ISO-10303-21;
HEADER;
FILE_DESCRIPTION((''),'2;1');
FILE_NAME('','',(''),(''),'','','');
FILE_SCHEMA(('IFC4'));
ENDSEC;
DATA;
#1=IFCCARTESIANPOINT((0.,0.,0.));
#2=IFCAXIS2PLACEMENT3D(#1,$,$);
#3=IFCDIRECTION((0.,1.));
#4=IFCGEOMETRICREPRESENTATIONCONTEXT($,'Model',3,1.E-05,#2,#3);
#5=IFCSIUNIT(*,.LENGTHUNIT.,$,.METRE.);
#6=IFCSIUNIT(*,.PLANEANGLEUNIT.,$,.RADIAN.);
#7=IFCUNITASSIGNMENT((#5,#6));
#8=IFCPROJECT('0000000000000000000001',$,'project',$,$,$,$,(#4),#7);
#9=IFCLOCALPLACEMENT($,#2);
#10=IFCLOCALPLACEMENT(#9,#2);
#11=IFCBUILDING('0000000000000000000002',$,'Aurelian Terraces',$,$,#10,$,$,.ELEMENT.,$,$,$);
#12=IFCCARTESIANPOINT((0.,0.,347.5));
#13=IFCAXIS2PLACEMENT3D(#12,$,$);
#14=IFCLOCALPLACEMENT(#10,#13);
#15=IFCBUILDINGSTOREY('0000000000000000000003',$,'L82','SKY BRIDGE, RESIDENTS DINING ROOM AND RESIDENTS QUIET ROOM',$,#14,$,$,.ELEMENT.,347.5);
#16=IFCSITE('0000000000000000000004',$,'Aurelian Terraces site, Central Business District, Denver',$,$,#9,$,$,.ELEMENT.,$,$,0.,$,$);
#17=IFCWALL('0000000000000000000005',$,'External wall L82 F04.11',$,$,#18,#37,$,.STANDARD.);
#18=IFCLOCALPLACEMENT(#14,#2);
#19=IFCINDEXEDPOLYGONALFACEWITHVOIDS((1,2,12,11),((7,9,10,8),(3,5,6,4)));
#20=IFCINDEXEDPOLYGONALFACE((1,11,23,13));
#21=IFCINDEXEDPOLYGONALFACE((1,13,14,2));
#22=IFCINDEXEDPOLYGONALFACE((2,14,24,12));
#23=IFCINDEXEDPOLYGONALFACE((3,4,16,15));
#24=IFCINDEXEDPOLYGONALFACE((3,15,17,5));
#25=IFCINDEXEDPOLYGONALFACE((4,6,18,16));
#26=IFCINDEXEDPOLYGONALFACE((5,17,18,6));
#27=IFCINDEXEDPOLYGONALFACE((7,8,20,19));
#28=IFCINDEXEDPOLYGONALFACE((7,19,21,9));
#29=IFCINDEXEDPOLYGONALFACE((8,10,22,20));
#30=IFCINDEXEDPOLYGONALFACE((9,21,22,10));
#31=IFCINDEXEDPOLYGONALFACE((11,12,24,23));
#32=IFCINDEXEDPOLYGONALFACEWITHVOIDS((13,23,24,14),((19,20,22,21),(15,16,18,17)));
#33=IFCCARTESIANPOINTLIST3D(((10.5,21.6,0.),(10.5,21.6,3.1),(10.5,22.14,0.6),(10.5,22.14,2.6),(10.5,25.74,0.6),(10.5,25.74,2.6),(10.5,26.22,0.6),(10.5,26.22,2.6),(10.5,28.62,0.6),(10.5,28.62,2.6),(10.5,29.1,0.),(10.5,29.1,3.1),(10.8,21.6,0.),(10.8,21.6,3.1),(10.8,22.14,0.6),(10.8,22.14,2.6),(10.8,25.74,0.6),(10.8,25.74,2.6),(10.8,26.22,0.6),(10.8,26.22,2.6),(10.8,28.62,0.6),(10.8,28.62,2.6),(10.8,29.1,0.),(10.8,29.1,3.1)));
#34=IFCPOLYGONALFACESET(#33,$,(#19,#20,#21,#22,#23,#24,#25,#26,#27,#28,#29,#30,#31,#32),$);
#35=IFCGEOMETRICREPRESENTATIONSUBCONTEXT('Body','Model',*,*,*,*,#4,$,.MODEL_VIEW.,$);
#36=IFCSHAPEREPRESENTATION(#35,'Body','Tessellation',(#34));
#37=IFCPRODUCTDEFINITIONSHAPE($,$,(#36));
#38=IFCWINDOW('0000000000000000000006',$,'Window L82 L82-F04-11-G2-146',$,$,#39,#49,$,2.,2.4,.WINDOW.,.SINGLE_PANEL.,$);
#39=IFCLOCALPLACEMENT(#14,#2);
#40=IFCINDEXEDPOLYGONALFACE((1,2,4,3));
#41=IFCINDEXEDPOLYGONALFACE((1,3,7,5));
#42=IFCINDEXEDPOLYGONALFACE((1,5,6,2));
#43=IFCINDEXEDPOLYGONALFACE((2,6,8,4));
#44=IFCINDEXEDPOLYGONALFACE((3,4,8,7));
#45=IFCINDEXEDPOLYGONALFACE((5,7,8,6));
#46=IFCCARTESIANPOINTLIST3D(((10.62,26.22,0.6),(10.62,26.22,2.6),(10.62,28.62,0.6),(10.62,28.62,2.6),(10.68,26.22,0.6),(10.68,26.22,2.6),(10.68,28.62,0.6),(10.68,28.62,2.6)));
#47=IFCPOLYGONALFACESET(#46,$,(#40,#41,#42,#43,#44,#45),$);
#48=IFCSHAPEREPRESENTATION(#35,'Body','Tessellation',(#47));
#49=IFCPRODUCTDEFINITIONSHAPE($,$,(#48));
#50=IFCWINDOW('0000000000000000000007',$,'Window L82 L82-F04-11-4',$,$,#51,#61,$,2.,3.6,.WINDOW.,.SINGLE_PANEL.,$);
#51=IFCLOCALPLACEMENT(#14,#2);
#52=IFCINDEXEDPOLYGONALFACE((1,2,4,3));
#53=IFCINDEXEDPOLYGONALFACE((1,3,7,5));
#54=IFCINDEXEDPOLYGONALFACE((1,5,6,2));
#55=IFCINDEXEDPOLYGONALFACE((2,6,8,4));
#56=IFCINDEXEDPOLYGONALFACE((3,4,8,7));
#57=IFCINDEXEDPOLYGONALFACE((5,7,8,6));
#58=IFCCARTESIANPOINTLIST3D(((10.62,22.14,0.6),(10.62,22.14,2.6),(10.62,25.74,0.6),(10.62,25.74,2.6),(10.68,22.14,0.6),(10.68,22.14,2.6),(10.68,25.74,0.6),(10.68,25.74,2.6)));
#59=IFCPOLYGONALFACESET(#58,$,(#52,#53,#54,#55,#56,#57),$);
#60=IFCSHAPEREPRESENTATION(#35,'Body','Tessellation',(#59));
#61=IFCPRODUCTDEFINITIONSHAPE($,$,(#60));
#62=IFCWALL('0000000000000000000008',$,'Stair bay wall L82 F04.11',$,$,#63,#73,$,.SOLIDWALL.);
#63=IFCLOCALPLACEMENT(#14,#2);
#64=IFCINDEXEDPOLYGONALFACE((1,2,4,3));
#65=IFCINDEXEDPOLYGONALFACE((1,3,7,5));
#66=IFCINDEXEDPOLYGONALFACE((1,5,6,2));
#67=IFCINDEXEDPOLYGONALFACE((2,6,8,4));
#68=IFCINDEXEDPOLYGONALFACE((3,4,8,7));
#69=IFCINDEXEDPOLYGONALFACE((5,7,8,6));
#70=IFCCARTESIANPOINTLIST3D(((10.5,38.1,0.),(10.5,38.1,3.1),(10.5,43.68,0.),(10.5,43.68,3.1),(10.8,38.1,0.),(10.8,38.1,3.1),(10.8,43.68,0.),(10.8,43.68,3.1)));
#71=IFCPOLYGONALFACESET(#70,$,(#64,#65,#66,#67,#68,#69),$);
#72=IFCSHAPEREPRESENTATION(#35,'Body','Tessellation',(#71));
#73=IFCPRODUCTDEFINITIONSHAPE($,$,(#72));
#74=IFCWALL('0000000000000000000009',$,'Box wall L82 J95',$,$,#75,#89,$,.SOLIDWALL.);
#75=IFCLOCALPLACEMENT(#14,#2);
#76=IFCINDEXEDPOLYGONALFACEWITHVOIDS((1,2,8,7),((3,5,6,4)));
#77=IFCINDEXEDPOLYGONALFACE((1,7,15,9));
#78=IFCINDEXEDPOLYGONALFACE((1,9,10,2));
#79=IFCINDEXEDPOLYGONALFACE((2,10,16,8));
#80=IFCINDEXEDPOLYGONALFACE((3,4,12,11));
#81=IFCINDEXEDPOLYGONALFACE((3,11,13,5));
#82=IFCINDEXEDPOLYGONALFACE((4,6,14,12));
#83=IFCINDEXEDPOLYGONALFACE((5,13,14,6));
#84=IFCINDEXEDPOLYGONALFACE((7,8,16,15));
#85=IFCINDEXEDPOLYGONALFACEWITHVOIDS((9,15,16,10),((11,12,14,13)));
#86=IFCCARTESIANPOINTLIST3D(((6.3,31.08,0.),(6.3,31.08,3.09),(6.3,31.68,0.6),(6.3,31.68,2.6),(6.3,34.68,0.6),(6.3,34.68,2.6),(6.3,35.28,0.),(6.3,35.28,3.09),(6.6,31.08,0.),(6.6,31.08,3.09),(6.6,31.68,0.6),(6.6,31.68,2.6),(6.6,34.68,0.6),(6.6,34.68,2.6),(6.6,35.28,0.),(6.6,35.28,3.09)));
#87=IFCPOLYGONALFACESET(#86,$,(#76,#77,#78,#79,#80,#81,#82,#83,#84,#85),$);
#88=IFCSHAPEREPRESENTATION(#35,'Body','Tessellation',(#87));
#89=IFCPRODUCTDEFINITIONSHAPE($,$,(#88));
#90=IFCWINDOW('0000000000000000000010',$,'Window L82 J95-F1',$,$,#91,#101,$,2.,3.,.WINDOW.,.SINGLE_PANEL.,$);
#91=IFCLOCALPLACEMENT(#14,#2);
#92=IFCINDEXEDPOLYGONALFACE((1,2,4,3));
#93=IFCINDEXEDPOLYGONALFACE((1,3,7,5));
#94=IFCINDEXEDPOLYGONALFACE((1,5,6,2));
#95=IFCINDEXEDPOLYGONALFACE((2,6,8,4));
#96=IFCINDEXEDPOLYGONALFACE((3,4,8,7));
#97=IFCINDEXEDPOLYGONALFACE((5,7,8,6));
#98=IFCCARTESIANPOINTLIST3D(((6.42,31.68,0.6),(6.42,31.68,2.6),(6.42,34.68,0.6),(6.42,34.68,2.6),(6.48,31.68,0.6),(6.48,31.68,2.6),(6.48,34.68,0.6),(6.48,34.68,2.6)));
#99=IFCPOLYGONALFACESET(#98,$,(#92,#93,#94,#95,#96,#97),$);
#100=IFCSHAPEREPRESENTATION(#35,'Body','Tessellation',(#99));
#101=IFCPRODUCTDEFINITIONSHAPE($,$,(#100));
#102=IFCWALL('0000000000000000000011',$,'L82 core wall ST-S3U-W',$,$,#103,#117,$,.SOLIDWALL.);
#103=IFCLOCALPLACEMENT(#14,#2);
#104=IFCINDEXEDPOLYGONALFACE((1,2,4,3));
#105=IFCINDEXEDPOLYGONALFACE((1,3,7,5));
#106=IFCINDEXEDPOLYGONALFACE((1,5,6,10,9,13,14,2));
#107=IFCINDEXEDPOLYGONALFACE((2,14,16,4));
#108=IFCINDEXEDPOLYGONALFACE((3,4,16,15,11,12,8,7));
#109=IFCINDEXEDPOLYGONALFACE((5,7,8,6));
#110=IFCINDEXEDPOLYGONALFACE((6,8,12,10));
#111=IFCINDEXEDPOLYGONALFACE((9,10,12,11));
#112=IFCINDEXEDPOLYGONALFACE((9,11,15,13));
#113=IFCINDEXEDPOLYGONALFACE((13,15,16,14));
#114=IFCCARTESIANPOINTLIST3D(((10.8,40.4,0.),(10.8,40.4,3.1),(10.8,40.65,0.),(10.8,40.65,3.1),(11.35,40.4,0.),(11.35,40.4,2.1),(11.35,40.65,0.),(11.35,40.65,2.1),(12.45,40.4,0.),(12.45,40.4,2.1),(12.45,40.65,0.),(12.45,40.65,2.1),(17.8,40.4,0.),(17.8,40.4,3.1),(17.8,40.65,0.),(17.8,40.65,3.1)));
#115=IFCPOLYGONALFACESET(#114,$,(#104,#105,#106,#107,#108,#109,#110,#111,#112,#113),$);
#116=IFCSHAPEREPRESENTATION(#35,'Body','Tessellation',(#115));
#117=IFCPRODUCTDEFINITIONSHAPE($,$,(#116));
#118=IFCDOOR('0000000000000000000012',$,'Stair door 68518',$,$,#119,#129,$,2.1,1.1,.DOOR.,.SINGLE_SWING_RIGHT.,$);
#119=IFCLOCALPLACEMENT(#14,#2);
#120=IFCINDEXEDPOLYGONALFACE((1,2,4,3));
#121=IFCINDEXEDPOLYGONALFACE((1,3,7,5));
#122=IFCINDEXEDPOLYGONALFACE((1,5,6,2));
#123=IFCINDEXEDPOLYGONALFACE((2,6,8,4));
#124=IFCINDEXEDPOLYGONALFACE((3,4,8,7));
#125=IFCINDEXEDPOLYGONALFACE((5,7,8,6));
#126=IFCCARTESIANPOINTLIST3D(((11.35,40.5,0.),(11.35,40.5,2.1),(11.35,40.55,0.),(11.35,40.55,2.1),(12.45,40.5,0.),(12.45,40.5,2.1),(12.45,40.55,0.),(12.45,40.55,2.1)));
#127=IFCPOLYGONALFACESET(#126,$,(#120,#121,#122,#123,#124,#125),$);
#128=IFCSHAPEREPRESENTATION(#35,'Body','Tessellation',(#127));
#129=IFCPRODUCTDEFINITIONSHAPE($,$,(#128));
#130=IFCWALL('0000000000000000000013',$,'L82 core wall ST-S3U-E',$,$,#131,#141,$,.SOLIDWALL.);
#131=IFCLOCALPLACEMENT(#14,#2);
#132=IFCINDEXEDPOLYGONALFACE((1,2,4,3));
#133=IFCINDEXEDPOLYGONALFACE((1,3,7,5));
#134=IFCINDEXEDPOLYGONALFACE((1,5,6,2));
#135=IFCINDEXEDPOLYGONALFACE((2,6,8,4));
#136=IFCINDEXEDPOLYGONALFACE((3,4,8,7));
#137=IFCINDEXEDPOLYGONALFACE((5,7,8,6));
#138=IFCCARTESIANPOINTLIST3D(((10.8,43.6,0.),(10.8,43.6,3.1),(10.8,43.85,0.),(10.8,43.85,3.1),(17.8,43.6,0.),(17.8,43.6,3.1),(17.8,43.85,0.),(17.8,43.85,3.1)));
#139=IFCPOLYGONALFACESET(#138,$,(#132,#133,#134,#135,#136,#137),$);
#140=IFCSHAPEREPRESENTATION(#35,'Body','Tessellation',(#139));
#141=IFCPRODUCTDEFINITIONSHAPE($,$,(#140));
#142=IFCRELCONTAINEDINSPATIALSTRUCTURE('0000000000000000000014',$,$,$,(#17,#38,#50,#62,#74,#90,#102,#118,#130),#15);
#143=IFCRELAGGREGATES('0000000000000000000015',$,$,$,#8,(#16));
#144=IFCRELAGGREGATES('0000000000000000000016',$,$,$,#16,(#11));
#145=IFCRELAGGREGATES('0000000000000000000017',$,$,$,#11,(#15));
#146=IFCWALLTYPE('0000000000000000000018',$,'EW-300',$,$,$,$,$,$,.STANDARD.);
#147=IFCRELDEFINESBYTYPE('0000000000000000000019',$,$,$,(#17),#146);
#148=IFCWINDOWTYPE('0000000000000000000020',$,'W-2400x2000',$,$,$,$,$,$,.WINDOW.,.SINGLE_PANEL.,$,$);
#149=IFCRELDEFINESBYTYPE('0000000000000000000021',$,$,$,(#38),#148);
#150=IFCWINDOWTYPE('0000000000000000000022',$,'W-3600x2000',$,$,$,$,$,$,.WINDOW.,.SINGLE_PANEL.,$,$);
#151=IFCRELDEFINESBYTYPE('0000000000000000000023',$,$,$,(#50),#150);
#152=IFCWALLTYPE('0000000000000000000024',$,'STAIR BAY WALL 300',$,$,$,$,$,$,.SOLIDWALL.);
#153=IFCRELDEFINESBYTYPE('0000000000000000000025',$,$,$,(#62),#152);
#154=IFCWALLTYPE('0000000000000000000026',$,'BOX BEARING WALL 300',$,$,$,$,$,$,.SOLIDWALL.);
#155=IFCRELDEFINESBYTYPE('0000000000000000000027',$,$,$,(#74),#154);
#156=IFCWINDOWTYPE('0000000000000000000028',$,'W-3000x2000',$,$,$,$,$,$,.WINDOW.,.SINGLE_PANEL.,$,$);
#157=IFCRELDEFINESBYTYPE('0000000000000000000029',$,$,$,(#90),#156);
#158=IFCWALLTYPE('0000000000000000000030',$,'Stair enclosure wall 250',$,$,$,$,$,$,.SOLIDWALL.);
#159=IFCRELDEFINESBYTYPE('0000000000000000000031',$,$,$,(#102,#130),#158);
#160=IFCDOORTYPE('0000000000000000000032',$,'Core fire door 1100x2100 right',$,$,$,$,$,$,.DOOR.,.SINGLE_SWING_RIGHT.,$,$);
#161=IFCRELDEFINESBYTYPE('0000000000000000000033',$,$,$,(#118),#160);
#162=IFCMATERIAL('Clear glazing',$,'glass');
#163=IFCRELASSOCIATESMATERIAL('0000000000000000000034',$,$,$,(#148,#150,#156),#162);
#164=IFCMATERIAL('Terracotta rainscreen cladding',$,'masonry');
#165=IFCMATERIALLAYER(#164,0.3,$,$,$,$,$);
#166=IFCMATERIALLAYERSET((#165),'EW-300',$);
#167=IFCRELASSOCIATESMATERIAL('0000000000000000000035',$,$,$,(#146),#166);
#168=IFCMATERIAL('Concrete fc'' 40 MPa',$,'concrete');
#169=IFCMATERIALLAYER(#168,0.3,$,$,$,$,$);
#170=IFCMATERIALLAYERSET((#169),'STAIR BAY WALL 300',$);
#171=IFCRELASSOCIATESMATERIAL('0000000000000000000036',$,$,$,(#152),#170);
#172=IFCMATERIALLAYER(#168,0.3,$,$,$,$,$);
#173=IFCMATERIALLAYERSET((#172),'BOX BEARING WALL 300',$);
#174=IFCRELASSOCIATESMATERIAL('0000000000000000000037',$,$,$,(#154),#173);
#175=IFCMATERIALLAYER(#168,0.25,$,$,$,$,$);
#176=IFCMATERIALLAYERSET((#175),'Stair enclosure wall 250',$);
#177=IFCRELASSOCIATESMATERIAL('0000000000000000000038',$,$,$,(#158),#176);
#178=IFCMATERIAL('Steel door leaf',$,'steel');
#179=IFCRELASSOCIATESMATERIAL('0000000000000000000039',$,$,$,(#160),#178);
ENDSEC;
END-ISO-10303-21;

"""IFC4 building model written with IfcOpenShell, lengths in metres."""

from ifc_helpers import new_model, si_unit, direction, frame, frame_2d, origin, place, context, subcontext, project, spatial, rectangle, extrude, source, transform, mapped, material, layer, layer_set, type_object, element, fill, save


model = new_model("IFC4")

# Units and contexts
model_context = context("Model", 3, precision=1e-05, world=origin(), true_north=direction((0.0, 1.0)))
body_context = subcontext(model_context, "Body", "Model", "MODEL_VIEW")
ifc_project = project(units=[si_unit("LENGTHUNIT", "METRE"), si_unit("PLANEANGLEUNIT", "RADIAN")], contexts=[model_context])

# Site, building, storey
site_placement = place(None, origin())
site = spatial("IfcSite", under=ifc_project, at=site_placement, Name="Aurelian Terraces site, Central Business District, Denver", CompositionType="ELEMENT", RefElevation=0.0)
building_placement = place(site_placement, origin())
building = spatial("IfcBuilding", under=site, at=building_placement, Name="Aurelian Terraces", CompositionType="ELEMENT")
storey_placement = place(building_placement, frame((0.0, 0.0, 347.5)))
storey = spatial("IfcBuildingStorey", under=building, at=storey_placement, Name="L82", Description="SKY BRIDGE, RESIDENTS DINING ROOM AND RESIDENTS QUIET ROOM", CompositionType="ELEMENT", Elevation=347.5)

# Shared definitions
ifc_material_1 = material(Name="Steel door leaf", Category="steel")

# Shared definitions
ifc_material_2 = material(Name="Concrete fc' 40 MPa", Category="concrete")
ifc_material_3 = material(Name="Clear glazing", Category="glass")
window_type_1 = type_object("IfcWindowType", Name="W-2400x2000", PartitioningType="SINGLE_PANEL", PredefinedType="WINDOW", material=ifc_material_3)
shared_shape_1 = source(origin(), body_context, "Body", "SweptSolid", [
    extrude(rectangle(XDim=2.4, YDim=2.0, at=frame_2d((1.2, 1.0))), frame((0.0, 0.03, 0.0), z_axis=(0.0, -1.0, 0.0), x_axis=(1.0, 0.0, 0.0)), (0.0, 0.0, 1.0), 0.06),
])

# Shared definitions
ifc_material_4 = material(Name="Terracotta rainscreen cladding", Category="masonry")
ifc_layer_1 = layer(ifc_material_4, 0.3)
ifc_layer_set_1 = layer_set([ifc_layer_1], Name="EW-300")
wall_type_1 = type_object("IfcWallType", Name="EW-300", PredefinedType="STANDARD", material=ifc_layer_set_1)

# Wall, openings, windows
shared_shape_2 = source(origin(), body_context, "Body", "SweptSolid", [
    extrude(rectangle(XDim=7.5, YDim=0.3, at=frame_2d((3.75, 0.0))), origin(), (0.0, 0.0, 1.0), 3.1),
])
wall_1_placement = place(storey_placement, frame((10.65, 29.1, 0.0), z_axis=(0.0, 0.0, 1.0), x_axis=(0.0, -1.0, 0.0)))
wall_1 = element("IfcWall", 1, at=wall_1_placement, inside=storey, type_object=wall_type_1, Name="External wall L82 F04.11", PredefinedType="STANDARD", context=body_context, shape_type="MappedRepresentation", body=[
    mapped(shared_shape_2, transform((0.0, 0.0, 0.0), scale=1.0)),
])
shared_shape_3 = source(origin(), body_context, "Body", "SweptSolid", [
    extrude(rectangle(XDim=3.6, YDim=2.0, at=frame_2d((1.8, 1.0))), frame((0.0, 0.16, 0.0), z_axis=(0.0, -1.0, 0.0), x_axis=(1.0, 0.0, 0.0)), (0.0, 0.0, 1.0), 0.32),
])
opening_1_placement = place(wall_1_placement, frame((3.36, 0.0, 0.6)))
opening_1 = element("IfcOpeningElement", 2, at=opening_1_placement, cuts=wall_1, PredefinedType="OPENING", context=body_context, shape_type="MappedRepresentation", body=[
    mapped(shared_shape_3, transform((0.0, 0.0, 0.0), scale=1.0)),
])
shared_shape_4 = source(origin(), body_context, "Body", "SweptSolid", [
    extrude(rectangle(XDim=2.4, YDim=2.0, at=frame_2d((1.2, 1.0))), frame((0.0, 0.16, 0.0), z_axis=(0.0, -1.0, 0.0), x_axis=(1.0, 0.0, 0.0)), (0.0, 0.0, 1.0), 0.32),
])
opening_2_placement = place(wall_1_placement, frame((0.48, 0.0, 0.6)))
opening_2 = element("IfcOpeningElement", 3, at=opening_2_placement, cuts=wall_1, PredefinedType="OPENING", context=body_context, shape_type="MappedRepresentation", body=[
    mapped(shared_shape_4, transform((0.0, 0.0, 0.0), scale=1.0)),
])
window_1_placement = place(opening_2_placement, origin())
window_1 = element("IfcWindow", 4, at=window_1_placement, inside=storey, type_object=window_type_1, Name="Window L82 L82-F04-11-G2-146", OverallHeight=2.0, OverallWidth=2.4, PartitioningType="SINGLE_PANEL", PredefinedType="WINDOW", context=body_context, shape_type="MappedRepresentation", body=[
    mapped(shared_shape_1, transform((0.0, 0.0, 0.0), scale=1.0)),
])
fill(opening_2, window_1)
window_type_2 = type_object("IfcWindowType", Name="W-3600x2000", PartitioningType="SINGLE_PANEL", PredefinedType="WINDOW", material=ifc_material_3)
shared_shape_5 = source(origin(), body_context, "Body", "SweptSolid", [
    extrude(rectangle(XDim=3.6, YDim=2.0, at=frame_2d((1.8, 1.0))), frame((0.0, 0.03, 0.0), z_axis=(0.0, -1.0, 0.0), x_axis=(1.0, 0.0, 0.0)), (0.0, 0.0, 1.0), 0.06),
])
window_2_placement = place(opening_1_placement, origin())
window_2 = element("IfcWindow", 5, at=window_2_placement, inside=storey, type_object=window_type_2, Name="Window L82 L82-F04-11-4", OverallHeight=2.0, OverallWidth=3.6, PartitioningType="SINGLE_PANEL", PredefinedType="WINDOW", context=body_context, shape_type="MappedRepresentation", body=[
    mapped(shared_shape_5, transform((0.0, 0.0, 0.0), scale=1.0)),
])
fill(opening_1, window_2)

# Wall
ifc_layer_2 = layer(ifc_material_2, 0.3)
ifc_layer_set_2 = layer_set([ifc_layer_2], Name="STAIR BAY WALL 300")
wall_type_2 = type_object("IfcWallType", Name="STAIR BAY WALL 300", PredefinedType="SOLIDWALL", material=ifc_layer_set_2)
shared_shape_6 = source(origin(), body_context, "Body", "SweptSolid", [
    extrude(rectangle(XDim=5.58, YDim=0.3, at=frame_2d((2.79, 0.0))), origin(), (0.0, 0.0, 1.0), 3.1),
])
wall_2_placement = place(storey_placement, frame((10.65, 43.68, 0.0), z_axis=(0.0, 0.0, 1.0), x_axis=(0.0, -1.0, 0.0)))
element("IfcWall", 6, at=wall_2_placement, inside=storey, type_object=wall_type_2, Name="Stair bay wall L82 F04.11", PredefinedType="SOLIDWALL", context=body_context, shape_type="MappedRepresentation", body=[
    mapped(shared_shape_6, transform((0.0, 0.0, 0.0), scale=1.0)),
])

# Wall, opening, window
ifc_layer_3 = layer(ifc_material_2, 0.3)
ifc_layer_set_3 = layer_set([ifc_layer_3], Name="BOX BEARING WALL 300")
wall_type_3 = type_object("IfcWallType", Name="BOX BEARING WALL 300", PredefinedType="SOLIDWALL", material=ifc_layer_set_3)
shared_shape_7 = source(origin(), body_context, "Body", "SweptSolid", [
    extrude(rectangle(XDim=4.2, YDim=0.3, at=frame_2d((2.1, 0.0))), origin(), (0.0, 0.0, 1.0), 3.09),
])
wall_3_placement = place(storey_placement, frame((6.45, 35.28, 0.0), z_axis=(0.0, 0.0, 1.0), x_axis=(0.0, -1.0, 0.0)))
wall_3 = element("IfcWall", 7, at=wall_3_placement, inside=storey, type_object=wall_type_3, Name="Box wall L82 J95", PredefinedType="SOLIDWALL", context=body_context, shape_type="MappedRepresentation", body=[
    mapped(shared_shape_7, transform((0.0, 0.0, 0.0), scale=1.0)),
])
shared_shape_8 = source(origin(), body_context, "Body", "SweptSolid", [
    extrude(rectangle(XDim=3.0, YDim=2.0, at=frame_2d((1.5, 1.0))), frame((0.0, 0.16, 0.0), z_axis=(0.0, -1.0, 0.0), x_axis=(1.0, 0.0, 0.0)), (0.0, 0.0, 1.0), 0.32),
])
opening_3_placement = place(wall_3_placement, frame((0.6, 0.0, 0.6)))
opening_3 = element("IfcOpeningElement", 8, at=opening_3_placement, cuts=wall_3, PredefinedType="OPENING", context=body_context, shape_type="MappedRepresentation", body=[
    mapped(shared_shape_8, transform((0.0, 0.0, 0.0), scale=1.0)),
])
window_type_3 = type_object("IfcWindowType", Name="W-3000x2000", PartitioningType="SINGLE_PANEL", PredefinedType="WINDOW", material=ifc_material_3)
shared_shape_9 = source(origin(), body_context, "Body", "SweptSolid", [
    extrude(rectangle(XDim=3.0, YDim=2.0, at=frame_2d((1.5, 1.0))), frame((0.0, 0.03, 0.0), z_axis=(0.0, -1.0, 0.0), x_axis=(1.0, 0.0, 0.0)), (0.0, 0.0, 1.0), 0.06),
])
window_3_placement = place(opening_3_placement, origin())
window_3 = element("IfcWindow", 9, at=window_3_placement, inside=storey, type_object=window_type_3, Name="Window L82 J95-F1", OverallHeight=2.0, OverallWidth=3.0, PartitioningType="SINGLE_PANEL", PredefinedType="WINDOW", context=body_context, shape_type="MappedRepresentation", body=[
    mapped(shared_shape_9, transform((0.0, 0.0, 0.0), scale=1.0)),
])
fill(opening_3, window_3)

# Wall, opening, door
ifc_layer_4 = layer(ifc_material_2, 0.25)
ifc_layer_set_4 = layer_set([ifc_layer_4], Name="Stair enclosure wall 250")
wall_type_4 = type_object("IfcWallType", Name="Stair enclosure wall 250", PredefinedType="SOLIDWALL", material=ifc_layer_set_4)
shared_shape_10 = source(origin(), body_context, "Body", "SweptSolid", [
    extrude(rectangle(XDim=7.0, YDim=0.25, at=frame_2d((3.5, 0.0))), origin(), (0.0, 0.0, 1.0), 3.1),
])
wall_4_placement = place(storey_placement, frame((10.8, 40.525, 0.0), z_axis=(0.0, 0.0, 1.0), x_axis=(1.0, 0.0, 0.0)))
wall_4 = element("IfcWall", 10, at=wall_4_placement, inside=storey, type_object=wall_type_4, Name="L82 core wall ST-S3U-W", PredefinedType="SOLIDWALL", context=body_context, shape_type="MappedRepresentation", body=[
    mapped(shared_shape_10, transform((0.0, 0.0, 0.0), scale=1.0)),
])
shared_shape_11 = source(origin(), body_context, "Body", "SweptSolid", [
    extrude(rectangle(XDim=1.1, YDim=2.1, at=frame_2d((0.55, 1.05))), frame((0.0, 0.135, 0.0), z_axis=(0.0, -1.0, 0.0), x_axis=(1.0, 0.0, 0.0)), (0.0, 0.0, 1.0), 0.27),
])
opening_4_placement = place(wall_4_placement, frame((0.55, 0.0, 0.0)))
opening_4 = element("IfcOpeningElement", 11, at=opening_4_placement, cuts=wall_4, PredefinedType="OPENING", context=body_context, shape_type="MappedRepresentation", body=[
    mapped(shared_shape_11, transform((0.0, 0.0, 0.0), scale=1.0)),
])
door_type_1 = type_object("IfcDoorType", Name="Core fire door 1100x2100 right", OperationType="SINGLE_SWING_RIGHT", PredefinedType="DOOR", material=ifc_material_1)
shared_shape_12 = source(origin(), body_context, "Body", "SweptSolid", [
    extrude(rectangle(XDim=1.1, YDim=2.1, at=frame_2d((0.55, 1.05))), frame((0.0, 0.025, 0.0), z_axis=(0.0, -1.0, 0.0), x_axis=(1.0, 0.0, 0.0)), (0.0, 0.0, 1.0), 0.05),
])
door_1_placement = place(opening_4_placement, origin())
door_1 = element("IfcDoor", 12, at=door_1_placement, inside=storey, type_object=door_type_1, Name="Stair door 68518", OperationType="SINGLE_SWING_RIGHT", OverallHeight=2.1, OverallWidth=1.1, PredefinedType="DOOR", context=body_context, shape_type="MappedRepresentation", body=[
    mapped(shared_shape_12, transform((0.0, 0.0, 0.0), scale=1.0)),
])
fill(opening_4, door_1)

# Wall
wall_5_placement = place(storey_placement, frame((10.8, 43.725, 0.0), z_axis=(0.0, 0.0, 1.0), x_axis=(1.0, 0.0, 0.0)))
element("IfcWall", 13, at=wall_5_placement, inside=storey, type_object=wall_type_4, Name="L82 core wall ST-S3U-E", PredefinedType="SOLIDWALL", context=body_context, shape_type="MappedRepresentation", body=[
    mapped(shared_shape_10, transform((0.0, 0.0, 0.0), scale=1.0)),
])

save(model, "model.ifc")
